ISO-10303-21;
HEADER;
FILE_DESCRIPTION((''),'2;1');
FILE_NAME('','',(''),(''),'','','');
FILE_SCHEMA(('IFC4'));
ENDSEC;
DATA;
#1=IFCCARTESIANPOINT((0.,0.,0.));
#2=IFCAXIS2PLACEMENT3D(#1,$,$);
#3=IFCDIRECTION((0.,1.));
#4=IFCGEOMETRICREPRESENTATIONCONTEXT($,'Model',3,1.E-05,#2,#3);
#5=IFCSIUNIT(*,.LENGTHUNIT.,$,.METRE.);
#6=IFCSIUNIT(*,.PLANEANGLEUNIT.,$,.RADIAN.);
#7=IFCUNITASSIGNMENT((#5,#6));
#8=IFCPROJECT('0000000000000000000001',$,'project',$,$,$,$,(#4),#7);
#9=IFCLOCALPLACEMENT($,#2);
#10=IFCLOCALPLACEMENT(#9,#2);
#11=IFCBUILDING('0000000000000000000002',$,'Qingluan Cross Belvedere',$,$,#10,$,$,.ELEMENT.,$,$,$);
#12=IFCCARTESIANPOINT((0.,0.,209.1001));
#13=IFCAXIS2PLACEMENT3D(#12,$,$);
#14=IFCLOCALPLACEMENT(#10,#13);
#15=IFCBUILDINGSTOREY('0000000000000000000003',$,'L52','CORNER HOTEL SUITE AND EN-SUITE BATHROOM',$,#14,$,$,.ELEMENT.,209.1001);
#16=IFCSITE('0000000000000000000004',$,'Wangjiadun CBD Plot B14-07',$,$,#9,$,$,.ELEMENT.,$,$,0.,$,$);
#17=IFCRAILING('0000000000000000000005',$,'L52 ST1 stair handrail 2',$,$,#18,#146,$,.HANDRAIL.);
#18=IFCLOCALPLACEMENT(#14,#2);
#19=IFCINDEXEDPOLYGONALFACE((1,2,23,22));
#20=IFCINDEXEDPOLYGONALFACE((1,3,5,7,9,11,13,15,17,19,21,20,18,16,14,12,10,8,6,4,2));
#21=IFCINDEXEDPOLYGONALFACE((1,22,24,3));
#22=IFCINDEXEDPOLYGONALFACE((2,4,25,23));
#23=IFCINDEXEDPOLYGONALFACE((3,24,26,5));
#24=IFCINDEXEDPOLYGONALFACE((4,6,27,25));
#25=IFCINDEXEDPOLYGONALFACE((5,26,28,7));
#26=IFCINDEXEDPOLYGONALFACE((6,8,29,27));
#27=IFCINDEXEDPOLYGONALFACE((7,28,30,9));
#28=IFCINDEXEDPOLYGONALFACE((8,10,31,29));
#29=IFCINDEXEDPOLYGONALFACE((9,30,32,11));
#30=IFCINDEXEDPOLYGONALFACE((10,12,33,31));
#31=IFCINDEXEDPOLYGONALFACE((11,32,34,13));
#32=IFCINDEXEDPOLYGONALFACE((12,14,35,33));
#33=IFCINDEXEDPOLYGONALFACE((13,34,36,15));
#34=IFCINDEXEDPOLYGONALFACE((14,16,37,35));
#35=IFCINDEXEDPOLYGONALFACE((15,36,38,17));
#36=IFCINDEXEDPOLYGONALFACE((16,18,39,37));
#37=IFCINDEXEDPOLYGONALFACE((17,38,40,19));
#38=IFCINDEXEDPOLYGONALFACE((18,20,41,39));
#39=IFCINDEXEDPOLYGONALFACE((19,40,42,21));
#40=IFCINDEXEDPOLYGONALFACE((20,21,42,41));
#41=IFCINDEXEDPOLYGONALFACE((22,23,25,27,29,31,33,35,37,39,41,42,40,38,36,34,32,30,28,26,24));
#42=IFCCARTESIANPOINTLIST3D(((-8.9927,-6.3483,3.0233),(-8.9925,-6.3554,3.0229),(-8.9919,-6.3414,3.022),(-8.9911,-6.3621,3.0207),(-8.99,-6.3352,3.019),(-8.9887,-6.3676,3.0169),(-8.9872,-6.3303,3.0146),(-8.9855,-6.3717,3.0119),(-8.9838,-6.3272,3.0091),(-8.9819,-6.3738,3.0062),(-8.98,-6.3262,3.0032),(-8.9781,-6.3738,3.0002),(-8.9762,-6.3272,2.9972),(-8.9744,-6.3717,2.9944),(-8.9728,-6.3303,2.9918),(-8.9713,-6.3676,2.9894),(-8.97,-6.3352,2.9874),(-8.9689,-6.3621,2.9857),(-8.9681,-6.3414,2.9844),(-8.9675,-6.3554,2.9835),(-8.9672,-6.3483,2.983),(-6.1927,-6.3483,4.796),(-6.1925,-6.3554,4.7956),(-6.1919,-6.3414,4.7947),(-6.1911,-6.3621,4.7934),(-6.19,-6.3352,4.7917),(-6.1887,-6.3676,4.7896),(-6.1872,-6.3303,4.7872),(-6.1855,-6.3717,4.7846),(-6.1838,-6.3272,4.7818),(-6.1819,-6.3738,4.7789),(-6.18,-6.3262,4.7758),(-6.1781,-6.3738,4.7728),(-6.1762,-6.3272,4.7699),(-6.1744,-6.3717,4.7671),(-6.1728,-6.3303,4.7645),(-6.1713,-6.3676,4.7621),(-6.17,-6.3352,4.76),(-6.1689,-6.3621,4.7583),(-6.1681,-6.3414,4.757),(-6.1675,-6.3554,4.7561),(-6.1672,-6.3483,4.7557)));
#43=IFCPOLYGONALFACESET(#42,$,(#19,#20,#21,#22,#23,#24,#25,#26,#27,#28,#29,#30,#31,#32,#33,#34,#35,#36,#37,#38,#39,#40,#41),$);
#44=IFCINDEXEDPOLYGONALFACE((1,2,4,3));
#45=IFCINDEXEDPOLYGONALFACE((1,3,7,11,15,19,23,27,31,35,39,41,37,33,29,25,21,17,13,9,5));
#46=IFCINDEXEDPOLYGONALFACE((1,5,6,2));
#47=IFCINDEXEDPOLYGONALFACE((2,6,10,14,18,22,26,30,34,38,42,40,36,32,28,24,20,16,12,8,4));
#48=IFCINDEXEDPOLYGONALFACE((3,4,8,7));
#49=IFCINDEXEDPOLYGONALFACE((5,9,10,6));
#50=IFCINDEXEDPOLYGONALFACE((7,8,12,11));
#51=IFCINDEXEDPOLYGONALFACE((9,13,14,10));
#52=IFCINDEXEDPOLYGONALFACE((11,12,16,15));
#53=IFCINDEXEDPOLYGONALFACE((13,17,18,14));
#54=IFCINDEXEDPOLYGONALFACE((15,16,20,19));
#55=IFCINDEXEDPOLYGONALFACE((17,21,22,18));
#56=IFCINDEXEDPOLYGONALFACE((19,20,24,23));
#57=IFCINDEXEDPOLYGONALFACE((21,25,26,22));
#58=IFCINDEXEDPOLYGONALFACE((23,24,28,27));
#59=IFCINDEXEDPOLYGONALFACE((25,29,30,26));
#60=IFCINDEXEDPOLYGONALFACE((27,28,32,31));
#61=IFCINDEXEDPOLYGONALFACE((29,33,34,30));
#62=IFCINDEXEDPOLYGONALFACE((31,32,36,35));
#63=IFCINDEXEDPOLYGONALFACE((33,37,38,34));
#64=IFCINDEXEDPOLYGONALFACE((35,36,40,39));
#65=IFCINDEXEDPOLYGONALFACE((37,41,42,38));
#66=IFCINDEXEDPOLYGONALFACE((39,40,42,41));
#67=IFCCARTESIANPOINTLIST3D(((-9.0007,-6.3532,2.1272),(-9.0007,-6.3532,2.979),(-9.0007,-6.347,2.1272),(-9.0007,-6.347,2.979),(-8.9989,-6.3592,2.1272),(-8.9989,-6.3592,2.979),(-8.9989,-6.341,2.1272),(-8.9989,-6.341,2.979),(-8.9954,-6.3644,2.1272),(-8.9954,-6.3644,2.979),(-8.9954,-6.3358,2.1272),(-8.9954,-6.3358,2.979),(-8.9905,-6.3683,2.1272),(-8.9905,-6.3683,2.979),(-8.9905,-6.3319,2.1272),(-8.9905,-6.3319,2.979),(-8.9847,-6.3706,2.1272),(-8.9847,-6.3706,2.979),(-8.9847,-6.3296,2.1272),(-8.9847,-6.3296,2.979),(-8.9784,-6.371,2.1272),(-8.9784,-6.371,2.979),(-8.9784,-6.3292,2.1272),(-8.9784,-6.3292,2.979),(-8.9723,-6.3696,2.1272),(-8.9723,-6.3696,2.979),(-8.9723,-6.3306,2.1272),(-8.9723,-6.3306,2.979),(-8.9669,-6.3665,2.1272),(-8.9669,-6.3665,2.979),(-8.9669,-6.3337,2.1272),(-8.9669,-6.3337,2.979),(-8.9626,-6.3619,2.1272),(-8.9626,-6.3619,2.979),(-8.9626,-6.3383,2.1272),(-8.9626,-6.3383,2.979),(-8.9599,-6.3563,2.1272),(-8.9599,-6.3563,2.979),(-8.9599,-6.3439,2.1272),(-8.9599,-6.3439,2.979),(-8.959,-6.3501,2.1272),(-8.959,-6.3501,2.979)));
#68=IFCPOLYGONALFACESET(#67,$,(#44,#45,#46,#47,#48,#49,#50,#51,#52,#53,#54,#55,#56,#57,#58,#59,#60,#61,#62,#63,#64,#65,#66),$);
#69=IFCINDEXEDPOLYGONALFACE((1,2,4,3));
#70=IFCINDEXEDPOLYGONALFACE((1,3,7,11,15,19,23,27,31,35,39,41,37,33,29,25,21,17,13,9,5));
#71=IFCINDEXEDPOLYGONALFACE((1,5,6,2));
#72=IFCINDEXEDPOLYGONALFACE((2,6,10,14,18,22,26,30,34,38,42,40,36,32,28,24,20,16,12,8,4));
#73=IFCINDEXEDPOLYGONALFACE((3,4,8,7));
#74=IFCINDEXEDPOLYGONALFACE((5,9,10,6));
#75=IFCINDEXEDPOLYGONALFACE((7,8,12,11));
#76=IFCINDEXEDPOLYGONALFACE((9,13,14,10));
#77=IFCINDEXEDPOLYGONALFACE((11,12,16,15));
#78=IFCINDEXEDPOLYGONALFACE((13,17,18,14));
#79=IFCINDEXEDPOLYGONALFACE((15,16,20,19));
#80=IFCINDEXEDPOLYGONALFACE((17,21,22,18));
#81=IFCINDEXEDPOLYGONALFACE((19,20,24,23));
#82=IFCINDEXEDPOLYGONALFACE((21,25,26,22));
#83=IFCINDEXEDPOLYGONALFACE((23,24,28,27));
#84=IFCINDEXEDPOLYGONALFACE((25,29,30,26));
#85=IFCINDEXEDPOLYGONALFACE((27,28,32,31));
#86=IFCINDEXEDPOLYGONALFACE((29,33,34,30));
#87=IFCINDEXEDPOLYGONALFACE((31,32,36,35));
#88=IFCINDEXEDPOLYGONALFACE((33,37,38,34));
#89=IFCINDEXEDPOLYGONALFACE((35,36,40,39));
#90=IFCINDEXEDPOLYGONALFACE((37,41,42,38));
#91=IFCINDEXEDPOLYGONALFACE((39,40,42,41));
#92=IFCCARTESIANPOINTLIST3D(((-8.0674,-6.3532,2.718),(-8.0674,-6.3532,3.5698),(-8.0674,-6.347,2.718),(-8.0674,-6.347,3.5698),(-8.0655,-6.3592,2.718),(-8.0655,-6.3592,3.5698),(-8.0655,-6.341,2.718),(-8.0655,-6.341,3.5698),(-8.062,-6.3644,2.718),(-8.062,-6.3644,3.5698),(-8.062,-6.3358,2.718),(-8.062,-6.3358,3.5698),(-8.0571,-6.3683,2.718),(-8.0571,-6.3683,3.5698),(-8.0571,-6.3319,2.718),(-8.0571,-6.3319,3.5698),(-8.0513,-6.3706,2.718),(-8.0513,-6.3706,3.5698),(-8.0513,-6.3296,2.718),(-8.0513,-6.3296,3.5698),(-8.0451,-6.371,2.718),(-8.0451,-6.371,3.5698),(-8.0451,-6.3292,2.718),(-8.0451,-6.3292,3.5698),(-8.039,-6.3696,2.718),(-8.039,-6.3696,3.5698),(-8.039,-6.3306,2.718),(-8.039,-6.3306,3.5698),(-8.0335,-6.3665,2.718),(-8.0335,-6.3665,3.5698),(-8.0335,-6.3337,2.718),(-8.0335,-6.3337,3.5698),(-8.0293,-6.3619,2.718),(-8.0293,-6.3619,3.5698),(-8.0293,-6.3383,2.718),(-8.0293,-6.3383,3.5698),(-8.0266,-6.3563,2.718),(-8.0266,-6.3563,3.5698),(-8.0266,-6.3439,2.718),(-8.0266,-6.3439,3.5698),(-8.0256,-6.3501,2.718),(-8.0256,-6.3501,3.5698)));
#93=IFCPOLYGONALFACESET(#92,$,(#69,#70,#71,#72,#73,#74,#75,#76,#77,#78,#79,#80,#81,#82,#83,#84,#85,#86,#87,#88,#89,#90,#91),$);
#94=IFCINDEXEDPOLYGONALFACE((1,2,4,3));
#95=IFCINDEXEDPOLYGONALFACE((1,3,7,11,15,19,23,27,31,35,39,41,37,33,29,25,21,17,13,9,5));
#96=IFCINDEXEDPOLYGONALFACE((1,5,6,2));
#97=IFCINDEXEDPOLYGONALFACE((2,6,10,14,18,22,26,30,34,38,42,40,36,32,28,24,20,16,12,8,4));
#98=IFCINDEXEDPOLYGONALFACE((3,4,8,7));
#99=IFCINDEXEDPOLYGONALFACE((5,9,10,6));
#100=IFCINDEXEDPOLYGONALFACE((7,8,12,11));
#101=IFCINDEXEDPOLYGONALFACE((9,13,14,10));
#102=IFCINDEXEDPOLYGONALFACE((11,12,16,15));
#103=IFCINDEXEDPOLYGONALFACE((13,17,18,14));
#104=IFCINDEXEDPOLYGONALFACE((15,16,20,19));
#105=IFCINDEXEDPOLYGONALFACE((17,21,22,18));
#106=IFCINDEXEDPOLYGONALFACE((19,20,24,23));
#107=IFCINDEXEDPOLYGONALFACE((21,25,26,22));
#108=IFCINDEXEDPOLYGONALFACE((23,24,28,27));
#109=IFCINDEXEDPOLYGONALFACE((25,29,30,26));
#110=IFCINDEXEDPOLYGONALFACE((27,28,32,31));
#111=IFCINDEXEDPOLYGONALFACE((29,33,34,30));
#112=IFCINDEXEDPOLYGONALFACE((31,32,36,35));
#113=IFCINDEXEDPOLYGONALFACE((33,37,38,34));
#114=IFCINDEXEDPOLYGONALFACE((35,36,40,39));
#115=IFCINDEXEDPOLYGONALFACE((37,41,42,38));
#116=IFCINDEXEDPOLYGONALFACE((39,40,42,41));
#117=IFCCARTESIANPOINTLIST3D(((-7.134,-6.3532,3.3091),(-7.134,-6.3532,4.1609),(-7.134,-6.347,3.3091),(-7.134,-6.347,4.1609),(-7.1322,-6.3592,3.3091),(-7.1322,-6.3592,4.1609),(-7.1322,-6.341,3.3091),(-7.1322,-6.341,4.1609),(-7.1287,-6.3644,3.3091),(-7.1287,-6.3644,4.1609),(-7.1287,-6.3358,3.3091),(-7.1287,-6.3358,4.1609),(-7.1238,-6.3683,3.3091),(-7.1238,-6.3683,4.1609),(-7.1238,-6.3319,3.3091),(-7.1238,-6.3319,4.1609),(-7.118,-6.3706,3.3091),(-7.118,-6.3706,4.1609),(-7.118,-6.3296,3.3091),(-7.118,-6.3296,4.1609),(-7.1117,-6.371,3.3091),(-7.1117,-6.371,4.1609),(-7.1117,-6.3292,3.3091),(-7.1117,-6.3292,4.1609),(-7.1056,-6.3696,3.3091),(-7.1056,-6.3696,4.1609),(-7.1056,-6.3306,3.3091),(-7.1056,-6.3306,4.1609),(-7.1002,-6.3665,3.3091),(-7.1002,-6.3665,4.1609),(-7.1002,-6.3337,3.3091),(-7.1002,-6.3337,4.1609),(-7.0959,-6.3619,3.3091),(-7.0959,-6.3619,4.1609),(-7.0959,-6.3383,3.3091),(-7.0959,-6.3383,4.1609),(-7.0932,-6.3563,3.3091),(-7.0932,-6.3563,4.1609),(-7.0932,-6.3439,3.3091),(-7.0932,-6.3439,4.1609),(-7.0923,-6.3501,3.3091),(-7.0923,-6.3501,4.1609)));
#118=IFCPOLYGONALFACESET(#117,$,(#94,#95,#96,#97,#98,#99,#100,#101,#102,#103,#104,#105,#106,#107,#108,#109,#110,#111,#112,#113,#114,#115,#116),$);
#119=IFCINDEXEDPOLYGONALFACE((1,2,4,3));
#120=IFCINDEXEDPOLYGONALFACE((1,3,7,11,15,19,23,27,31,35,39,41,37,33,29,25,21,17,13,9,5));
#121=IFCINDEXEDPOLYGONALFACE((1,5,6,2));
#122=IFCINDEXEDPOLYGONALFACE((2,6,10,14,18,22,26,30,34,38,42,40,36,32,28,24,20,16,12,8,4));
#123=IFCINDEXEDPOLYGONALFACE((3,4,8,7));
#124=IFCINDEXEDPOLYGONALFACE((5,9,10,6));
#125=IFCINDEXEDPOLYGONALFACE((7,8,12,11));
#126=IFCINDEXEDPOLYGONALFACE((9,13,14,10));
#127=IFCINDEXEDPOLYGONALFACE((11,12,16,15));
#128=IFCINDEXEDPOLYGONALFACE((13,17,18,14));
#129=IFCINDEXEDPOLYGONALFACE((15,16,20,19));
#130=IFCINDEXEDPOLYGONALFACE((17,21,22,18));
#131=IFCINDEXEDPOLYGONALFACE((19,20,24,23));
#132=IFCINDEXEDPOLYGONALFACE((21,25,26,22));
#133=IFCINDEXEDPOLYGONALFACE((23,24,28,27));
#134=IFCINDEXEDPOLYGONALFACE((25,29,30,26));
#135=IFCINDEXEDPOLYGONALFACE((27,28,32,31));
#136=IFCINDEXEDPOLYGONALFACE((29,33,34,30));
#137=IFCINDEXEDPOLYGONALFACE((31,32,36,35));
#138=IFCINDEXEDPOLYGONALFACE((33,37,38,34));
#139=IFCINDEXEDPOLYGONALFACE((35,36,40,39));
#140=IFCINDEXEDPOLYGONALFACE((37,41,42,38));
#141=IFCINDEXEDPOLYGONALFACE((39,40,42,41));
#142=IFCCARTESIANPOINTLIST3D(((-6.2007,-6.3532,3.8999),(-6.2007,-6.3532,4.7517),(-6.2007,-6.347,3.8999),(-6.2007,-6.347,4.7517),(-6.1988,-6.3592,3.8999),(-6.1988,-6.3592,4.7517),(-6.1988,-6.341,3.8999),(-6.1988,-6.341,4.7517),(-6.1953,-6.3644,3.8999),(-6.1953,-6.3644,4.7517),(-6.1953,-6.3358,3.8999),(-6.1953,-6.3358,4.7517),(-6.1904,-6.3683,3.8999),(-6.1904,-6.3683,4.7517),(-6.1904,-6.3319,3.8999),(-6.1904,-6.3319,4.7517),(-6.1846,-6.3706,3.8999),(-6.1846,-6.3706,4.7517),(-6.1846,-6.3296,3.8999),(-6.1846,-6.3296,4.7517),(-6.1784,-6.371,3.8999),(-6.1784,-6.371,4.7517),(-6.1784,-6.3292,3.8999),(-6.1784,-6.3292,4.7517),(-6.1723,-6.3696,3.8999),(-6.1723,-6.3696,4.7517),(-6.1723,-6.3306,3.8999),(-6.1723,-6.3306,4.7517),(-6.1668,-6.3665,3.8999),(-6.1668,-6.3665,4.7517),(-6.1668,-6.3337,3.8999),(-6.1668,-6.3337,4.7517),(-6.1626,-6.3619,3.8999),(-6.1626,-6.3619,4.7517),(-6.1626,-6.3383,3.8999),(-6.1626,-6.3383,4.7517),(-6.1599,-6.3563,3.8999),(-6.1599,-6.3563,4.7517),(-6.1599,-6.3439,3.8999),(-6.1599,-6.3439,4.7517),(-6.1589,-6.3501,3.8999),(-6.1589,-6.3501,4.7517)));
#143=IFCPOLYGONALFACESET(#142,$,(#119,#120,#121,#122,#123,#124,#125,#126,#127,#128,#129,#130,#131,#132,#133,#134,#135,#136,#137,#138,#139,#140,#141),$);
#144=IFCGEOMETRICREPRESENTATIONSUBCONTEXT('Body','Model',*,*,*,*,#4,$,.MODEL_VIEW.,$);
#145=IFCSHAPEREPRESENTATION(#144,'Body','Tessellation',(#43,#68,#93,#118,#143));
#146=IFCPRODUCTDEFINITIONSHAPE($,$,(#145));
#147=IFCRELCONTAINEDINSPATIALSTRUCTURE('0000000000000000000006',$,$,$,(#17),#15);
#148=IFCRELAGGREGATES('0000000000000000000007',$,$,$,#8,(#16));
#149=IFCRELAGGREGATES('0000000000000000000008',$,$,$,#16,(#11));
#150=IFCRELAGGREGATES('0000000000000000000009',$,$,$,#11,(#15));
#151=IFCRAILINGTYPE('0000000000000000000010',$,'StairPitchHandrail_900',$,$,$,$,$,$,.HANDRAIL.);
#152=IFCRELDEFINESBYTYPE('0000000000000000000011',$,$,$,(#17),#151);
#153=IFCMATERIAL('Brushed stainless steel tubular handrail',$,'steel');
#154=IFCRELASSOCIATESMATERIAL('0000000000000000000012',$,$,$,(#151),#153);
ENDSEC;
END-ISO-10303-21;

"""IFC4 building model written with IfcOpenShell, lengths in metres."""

from ifc_helpers import new_model, si_unit, direction, frame, origin, origin_2d, place, context, subcontext, project, spatial, circle, extrude, material, type_object, element, save


model = new_model("IFC4")

# Units and contexts
model_context = context("Model", 3, precision=1e-05, world=origin(), true_north=direction((0.0, 1.0)))
body_context = subcontext(model_context, "Body", "Model", "MODEL_VIEW")
ifc_project = project(units=[si_unit("LENGTHUNIT", "METRE"), si_unit("PLANEANGLEUNIT", "RADIAN")], contexts=[model_context])

# Site, building, storey
site_placement = place(None, origin())
site = spatial("IfcSite", under=ifc_project, at=site_placement, Name="Wangjiadun CBD Plot B14-07", CompositionType="ELEMENT", RefElevation=0.0)
building_placement = place(site_placement, origin())
building = spatial("IfcBuilding", under=site, at=building_placement, Name="Qingluan Cross Belvedere", CompositionType="ELEMENT")
storey_placement = place(building_placement, frame((0.0, 0.0, 209.1001)))
storey = spatial("IfcBuildingStorey", under=building, at=storey_placement, Name="L52", Description="CORNER HOTEL SUITE AND EN-SUITE BATHROOM", CompositionType="ELEMENT", Elevation=209.1001)

# Railing
ifc_material_1 = material(Name="Brushed stainless steel tubular handrail", Category="steel")
railing_type_1 = type_object("IfcRailingType", Name="StairPitchHandrail_900", PredefinedType="HANDRAIL", material=ifc_material_1)
railing_1_placement = place(storey_placement, frame((-8.98, -6.3501, 2.1272)))
element("IfcRailing", 1, at=railing_1_placement, inside=storey, type_object=railing_type_1, Name="L52 ST1 stair handrail 2", PredefinedType="HANDRAIL", context=body_context, shape_type="SweptSolid", body=[
    extrude(circle(Radius=0.0239, at=origin_2d()), frame((0.0, 0.0, 0.876), z_axis=(0.844909, 0.0, 0.53491), x_axis=(0.0, 1.0, 0.0)), (0.0, 0.0, 1.0), 3.314),
    extrude(circle(Radius=0.021, at=origin_2d()), origin(), (0.0, 0.0, 1.0), 0.8518),
    extrude(circle(Radius=0.021, at=origin_2d()), frame((0.9333, 0.0, 0.5908)), (0.0, 0.0, 1.0), 0.8518),
    extrude(circle(Radius=0.021, at=origin_2d()), frame((1.8667, 0.0, 1.1819)), (0.0, 0.0, 1.0), 0.8518),
    extrude(circle(Radius=0.021, at=origin_2d()), frame((2.8, 0.0, 1.7727)), (0.0, 0.0, 1.0), 0.8518),
])

save(model, "model.ifc")
